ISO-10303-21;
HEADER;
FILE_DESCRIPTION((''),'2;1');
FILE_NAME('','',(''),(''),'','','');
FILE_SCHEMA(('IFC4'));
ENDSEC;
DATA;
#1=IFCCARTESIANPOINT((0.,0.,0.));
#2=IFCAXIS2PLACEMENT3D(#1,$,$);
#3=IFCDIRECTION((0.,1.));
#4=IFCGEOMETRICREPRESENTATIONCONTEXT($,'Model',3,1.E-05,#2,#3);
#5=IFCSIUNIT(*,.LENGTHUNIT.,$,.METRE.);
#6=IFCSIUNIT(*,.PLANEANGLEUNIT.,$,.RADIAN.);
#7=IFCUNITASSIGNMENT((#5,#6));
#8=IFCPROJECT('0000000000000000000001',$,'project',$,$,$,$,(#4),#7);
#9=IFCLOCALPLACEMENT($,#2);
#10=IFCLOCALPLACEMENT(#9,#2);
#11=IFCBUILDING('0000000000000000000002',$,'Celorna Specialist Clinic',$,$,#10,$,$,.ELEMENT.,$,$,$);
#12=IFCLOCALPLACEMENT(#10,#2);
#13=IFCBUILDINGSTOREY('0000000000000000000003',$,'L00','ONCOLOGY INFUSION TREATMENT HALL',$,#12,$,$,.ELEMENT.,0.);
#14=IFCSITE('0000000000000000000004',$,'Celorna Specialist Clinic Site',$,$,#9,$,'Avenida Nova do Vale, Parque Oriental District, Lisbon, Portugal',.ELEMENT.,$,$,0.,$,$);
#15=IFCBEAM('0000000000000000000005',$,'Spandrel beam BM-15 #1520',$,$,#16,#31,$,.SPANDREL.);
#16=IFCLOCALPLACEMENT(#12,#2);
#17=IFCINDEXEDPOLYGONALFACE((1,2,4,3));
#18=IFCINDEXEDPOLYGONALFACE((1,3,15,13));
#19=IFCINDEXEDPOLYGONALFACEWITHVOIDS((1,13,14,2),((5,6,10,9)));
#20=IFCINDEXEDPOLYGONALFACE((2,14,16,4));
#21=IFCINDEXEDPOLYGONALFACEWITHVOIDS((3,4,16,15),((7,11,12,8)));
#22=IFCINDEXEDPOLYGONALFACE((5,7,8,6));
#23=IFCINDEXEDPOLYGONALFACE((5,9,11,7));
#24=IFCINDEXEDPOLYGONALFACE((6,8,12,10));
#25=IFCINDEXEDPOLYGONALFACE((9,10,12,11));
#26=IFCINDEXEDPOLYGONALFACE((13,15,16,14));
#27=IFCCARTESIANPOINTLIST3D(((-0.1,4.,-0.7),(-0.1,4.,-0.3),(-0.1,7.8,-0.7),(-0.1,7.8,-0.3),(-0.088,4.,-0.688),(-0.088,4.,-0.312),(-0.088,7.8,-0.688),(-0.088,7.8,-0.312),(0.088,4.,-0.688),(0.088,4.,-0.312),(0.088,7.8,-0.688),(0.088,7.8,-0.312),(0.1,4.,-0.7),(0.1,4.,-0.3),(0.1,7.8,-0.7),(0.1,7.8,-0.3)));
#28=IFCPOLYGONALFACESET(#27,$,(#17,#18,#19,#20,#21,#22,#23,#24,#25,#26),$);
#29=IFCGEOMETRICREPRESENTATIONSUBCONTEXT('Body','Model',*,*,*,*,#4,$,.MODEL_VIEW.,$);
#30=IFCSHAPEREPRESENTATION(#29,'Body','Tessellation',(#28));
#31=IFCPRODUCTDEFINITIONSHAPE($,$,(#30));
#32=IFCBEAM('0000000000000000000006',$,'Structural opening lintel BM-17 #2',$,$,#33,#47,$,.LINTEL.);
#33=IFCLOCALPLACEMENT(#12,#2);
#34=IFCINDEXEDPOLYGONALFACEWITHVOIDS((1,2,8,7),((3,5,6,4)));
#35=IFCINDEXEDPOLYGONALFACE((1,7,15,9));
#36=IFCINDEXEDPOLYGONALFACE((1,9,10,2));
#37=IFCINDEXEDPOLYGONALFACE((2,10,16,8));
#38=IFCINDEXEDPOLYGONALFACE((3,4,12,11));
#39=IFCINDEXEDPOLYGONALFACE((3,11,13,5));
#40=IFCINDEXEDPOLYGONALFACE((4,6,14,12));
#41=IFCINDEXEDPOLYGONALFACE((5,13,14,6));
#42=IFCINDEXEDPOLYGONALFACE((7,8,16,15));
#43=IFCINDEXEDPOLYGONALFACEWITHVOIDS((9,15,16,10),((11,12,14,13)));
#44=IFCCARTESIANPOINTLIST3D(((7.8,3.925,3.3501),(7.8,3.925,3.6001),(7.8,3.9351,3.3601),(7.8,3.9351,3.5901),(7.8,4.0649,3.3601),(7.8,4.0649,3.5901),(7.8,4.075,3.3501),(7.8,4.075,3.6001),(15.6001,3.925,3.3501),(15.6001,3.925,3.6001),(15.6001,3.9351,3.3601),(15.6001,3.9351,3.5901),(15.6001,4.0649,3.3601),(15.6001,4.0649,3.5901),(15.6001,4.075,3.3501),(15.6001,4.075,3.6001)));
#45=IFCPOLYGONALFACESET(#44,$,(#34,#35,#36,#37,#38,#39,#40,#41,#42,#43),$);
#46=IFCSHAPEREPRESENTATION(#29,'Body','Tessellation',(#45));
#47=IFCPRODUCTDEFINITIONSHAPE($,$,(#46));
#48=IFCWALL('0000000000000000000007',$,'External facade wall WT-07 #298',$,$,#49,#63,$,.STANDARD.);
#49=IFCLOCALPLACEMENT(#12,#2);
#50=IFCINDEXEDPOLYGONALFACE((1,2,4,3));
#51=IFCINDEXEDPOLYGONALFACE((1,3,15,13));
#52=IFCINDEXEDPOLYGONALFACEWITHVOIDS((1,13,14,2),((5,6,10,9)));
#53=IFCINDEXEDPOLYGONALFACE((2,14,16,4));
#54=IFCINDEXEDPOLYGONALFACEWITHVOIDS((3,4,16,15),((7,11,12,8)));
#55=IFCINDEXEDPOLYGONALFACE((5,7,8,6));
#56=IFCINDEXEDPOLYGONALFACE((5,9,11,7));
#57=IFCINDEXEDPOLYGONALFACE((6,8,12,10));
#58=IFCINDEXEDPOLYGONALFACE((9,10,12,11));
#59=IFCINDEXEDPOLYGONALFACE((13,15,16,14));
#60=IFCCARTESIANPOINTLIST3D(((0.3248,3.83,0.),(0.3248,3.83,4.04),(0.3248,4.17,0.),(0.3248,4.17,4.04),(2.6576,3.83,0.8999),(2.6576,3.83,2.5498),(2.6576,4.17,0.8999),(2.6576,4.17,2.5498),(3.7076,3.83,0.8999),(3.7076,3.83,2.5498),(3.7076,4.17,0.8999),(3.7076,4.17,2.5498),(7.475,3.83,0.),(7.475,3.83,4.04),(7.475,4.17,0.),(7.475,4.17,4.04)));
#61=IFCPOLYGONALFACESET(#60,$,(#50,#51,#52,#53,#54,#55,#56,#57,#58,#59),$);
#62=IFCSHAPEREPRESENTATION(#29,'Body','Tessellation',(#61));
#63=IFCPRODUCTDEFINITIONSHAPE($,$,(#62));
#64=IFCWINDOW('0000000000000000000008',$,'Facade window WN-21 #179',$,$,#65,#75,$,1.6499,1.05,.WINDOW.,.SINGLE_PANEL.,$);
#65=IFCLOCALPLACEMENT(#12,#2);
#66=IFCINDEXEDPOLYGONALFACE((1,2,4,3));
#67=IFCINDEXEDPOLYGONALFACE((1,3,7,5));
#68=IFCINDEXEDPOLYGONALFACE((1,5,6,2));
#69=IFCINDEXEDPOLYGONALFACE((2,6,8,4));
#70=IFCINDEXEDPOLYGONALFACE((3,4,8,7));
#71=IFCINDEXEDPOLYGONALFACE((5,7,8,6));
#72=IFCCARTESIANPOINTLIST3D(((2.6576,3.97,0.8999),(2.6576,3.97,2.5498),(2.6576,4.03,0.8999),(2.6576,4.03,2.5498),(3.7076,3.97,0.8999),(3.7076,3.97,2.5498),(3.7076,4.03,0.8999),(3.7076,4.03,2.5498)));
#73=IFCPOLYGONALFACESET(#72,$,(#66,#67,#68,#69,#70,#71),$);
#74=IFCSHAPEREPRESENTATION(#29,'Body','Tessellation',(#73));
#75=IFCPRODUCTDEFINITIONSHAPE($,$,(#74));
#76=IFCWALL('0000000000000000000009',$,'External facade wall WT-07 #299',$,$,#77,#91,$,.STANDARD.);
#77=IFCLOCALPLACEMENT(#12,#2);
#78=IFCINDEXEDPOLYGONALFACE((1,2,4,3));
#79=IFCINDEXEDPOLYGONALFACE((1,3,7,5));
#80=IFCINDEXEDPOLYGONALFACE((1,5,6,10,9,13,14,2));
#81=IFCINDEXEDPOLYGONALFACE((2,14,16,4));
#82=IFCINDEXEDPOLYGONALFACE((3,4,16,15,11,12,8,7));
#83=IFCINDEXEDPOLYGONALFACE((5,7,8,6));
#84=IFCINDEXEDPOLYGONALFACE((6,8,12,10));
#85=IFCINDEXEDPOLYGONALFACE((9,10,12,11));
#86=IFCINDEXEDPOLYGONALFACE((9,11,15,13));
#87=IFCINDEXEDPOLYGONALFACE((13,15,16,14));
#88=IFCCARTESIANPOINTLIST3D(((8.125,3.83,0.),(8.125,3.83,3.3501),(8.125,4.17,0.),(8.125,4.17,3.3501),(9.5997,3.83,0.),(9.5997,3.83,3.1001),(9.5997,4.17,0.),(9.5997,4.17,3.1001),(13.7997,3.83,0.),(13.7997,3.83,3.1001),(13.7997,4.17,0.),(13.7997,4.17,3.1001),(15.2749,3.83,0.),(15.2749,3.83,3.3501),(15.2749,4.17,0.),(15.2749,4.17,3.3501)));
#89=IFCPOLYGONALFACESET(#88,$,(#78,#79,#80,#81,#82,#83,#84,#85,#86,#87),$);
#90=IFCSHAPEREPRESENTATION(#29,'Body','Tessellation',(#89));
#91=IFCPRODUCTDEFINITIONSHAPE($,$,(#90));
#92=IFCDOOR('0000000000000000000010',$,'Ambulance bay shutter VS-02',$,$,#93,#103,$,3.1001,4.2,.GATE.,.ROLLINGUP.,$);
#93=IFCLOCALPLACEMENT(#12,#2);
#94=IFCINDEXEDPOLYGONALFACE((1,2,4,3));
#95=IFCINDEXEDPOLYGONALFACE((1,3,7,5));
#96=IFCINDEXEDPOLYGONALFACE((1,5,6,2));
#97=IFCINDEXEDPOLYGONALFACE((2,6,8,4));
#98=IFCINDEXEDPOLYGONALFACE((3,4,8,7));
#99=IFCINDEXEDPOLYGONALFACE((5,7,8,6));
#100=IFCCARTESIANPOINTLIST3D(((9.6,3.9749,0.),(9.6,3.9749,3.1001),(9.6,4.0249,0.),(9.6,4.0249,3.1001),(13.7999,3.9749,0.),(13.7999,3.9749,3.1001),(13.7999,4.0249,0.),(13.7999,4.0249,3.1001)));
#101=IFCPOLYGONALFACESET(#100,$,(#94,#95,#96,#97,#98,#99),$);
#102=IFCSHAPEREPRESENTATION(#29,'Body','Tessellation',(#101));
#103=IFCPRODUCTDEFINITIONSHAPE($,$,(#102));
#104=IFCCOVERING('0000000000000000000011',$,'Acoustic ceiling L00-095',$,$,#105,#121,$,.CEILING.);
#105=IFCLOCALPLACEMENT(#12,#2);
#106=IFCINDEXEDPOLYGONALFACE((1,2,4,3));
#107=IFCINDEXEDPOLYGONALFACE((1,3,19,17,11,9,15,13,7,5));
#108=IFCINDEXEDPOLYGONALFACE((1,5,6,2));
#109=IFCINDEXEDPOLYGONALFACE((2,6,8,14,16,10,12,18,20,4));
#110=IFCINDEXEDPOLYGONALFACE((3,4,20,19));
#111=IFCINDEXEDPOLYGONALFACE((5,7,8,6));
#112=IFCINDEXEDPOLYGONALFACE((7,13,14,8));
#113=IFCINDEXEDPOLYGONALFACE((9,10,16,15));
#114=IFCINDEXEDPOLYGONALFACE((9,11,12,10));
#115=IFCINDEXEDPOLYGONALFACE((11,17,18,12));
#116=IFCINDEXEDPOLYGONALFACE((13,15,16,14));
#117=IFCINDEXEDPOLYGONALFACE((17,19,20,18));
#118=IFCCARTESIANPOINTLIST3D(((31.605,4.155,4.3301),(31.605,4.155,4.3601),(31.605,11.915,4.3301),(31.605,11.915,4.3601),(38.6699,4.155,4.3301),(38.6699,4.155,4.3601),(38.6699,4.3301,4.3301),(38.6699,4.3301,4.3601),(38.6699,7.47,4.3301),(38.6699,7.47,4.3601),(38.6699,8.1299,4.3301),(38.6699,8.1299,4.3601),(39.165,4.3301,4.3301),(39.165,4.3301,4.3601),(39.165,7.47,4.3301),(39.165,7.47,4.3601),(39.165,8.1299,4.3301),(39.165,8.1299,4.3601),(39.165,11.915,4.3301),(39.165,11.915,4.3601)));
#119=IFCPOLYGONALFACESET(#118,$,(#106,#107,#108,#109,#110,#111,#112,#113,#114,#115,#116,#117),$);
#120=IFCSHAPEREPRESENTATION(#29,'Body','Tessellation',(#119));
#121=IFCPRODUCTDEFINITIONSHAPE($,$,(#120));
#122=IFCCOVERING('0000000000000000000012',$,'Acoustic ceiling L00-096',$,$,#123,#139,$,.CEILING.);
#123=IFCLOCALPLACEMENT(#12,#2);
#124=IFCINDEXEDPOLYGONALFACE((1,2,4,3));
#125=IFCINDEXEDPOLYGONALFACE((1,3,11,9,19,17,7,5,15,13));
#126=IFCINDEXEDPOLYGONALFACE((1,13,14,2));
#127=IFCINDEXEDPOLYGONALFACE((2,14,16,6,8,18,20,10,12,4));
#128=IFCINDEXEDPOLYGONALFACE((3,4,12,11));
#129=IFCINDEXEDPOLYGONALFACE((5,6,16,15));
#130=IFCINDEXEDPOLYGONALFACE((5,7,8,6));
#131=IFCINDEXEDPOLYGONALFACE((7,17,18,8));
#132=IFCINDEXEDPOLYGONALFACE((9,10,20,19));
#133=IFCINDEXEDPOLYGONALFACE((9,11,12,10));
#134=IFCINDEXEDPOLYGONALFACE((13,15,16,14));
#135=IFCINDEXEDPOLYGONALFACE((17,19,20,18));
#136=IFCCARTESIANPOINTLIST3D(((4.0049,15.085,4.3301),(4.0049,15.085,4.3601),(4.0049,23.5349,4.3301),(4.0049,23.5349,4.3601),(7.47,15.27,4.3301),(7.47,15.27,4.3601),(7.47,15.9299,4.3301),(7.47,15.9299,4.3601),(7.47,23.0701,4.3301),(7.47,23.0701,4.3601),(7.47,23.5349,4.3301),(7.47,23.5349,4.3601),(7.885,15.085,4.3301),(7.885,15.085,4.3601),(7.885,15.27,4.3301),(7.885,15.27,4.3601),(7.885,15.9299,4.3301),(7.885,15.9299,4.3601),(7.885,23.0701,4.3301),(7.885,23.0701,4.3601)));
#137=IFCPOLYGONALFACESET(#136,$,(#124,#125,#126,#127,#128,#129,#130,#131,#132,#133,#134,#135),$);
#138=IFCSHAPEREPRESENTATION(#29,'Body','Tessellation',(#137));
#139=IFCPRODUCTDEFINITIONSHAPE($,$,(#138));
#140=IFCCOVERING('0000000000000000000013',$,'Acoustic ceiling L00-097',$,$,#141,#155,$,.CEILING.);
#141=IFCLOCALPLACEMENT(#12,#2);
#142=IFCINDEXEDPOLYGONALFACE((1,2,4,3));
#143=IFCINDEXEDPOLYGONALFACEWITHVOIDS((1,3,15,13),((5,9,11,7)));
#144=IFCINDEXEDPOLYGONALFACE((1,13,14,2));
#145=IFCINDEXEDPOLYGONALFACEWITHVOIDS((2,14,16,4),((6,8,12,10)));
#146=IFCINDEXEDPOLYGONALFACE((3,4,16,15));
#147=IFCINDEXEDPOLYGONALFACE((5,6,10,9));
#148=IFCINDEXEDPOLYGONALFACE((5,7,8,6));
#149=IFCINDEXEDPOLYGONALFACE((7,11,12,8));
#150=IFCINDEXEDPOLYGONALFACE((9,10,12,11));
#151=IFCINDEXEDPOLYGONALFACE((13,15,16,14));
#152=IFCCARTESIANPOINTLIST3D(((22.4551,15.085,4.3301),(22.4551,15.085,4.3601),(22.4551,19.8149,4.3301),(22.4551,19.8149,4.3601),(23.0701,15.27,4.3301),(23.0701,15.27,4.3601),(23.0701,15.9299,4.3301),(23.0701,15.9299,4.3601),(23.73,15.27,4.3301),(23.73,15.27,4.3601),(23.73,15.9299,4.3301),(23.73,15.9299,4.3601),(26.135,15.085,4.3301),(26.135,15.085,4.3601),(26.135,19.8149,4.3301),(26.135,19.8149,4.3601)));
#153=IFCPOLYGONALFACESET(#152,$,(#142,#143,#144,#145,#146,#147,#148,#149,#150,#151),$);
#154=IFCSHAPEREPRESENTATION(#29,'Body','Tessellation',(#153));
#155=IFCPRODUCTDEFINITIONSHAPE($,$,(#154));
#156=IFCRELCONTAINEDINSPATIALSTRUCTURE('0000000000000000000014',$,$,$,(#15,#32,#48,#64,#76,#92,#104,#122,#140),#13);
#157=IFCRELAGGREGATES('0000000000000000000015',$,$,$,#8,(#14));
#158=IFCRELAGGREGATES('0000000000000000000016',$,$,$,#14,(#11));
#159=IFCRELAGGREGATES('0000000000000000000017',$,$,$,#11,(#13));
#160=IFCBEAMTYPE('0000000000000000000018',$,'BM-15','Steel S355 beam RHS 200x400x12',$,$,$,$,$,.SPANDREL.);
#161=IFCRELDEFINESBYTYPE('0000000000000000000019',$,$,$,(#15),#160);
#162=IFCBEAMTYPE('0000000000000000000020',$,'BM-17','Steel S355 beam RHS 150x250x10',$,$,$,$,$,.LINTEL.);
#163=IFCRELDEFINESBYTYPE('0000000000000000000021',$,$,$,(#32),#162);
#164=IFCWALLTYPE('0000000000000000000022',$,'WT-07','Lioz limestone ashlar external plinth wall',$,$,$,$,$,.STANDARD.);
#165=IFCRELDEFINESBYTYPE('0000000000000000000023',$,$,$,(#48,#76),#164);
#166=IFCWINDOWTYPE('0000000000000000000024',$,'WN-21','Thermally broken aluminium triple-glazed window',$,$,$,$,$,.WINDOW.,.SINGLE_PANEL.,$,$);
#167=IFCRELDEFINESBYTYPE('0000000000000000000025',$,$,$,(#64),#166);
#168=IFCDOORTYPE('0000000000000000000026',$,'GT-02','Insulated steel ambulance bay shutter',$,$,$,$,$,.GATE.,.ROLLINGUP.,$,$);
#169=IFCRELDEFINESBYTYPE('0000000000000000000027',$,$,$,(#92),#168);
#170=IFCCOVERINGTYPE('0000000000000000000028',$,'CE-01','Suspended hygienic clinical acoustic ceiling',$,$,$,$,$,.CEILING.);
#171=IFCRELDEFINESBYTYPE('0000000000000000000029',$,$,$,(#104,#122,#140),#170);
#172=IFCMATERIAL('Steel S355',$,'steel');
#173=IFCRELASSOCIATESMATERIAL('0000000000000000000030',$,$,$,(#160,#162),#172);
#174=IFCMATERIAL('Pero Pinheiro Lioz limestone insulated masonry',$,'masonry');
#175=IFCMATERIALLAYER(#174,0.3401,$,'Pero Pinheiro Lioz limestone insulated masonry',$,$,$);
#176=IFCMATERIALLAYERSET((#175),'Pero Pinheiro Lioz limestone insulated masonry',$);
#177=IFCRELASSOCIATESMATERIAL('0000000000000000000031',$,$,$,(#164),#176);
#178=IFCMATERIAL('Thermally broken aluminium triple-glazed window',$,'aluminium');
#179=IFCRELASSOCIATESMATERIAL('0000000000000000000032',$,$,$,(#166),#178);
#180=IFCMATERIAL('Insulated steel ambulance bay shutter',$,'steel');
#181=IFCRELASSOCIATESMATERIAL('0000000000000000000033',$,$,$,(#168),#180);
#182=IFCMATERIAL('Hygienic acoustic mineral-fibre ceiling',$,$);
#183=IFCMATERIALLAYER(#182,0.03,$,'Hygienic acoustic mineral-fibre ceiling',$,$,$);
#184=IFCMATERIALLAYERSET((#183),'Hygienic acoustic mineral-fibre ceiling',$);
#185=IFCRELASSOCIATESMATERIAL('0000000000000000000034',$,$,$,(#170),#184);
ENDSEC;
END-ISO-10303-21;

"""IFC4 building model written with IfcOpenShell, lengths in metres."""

from ifc_helpers import new_model, si_unit, direction, frame, frame_2d, origin, origin_2d, place, context, subcontext, project, spatial, polyline, rectangle, hollow_rectangle, outline, extrude, material, layer, layer_set, material_profile, profile_set, type_object, element, fill, save


model = new_model("IFC4")

# Units and contexts
model_context = context("Model", 3, precision=1e-05, world=origin(), true_north=direction((0.0, 1.0)))
body_context = subcontext(model_context, "Body", "Model", "MODEL_VIEW")
ifc_project = project(units=[si_unit("LENGTHUNIT", "METRE"), si_unit("PLANEANGLEUNIT", "RADIAN")], contexts=[model_context])

# Site, building, storey
site_placement = place(None, origin())
site = spatial("IfcSite", under=ifc_project, at=site_placement, Name="Celorna Specialist Clinic Site", LongName="Avenida Nova do Vale, Parque Oriental District, Lisbon, Portugal", CompositionType="ELEMENT", RefElevation=0.0)
building_placement = place(site_placement, origin())
building = spatial("IfcBuilding", under=site, at=building_placement, Name="Celorna Specialist Clinic", CompositionType="ELEMENT")
storey_placement = place(building_placement, origin())
storey = spatial("IfcBuildingStorey", under=building, at=storey_placement, Name="L00", Description="ONCOLOGY INFUSION TREATMENT HALL", CompositionType="ELEMENT", Elevation=0.0)

# Beams
ifc_material_1 = material(Name="Steel S355", Category="steel")
ifc_material_profile_1 = material_profile(ifc_material_1, hollow_rectangle(XDim=0.2, YDim=0.3999, WallThickness=0.012, at=origin_2d()), Name="RHS 200x400x12")
ifc_profile_set_1 = profile_set([ifc_material_profile_1], Name="Steel S355")
beam_type_1 = type_object("IfcBeamType", Name="BM-15", Description="Steel S355 beam RHS 200x400x12", PredefinedType="SPANDREL", material=ifc_profile_set_1)
beam_1_placement = place(storey_placement, frame((0.0, 4.0, -0.5), z_axis=(0.0, 1.0, 0.0), x_axis=(-1.0, 0.0, 0.0)))
element("IfcBeam", 1, at=beam_1_placement, inside=storey, type_object=beam_type_1, Name="Spandrel beam BM-15 #1520", PredefinedType="SPANDREL", context=body_context, shape_type="SweptSolid", body=[
    extrude(hollow_rectangle(XDim=0.2, YDim=0.3999, WallThickness=0.012, at=origin_2d()), origin(), (0.0, 0.0, 1.0), 3.8),
])
ifc_material_profile_2 = material_profile(ifc_material_1, hollow_rectangle(XDim=0.1499, YDim=0.25, WallThickness=0.01, at=origin_2d()), Name="RHS 150x250x10")
ifc_profile_set_2 = profile_set([ifc_material_profile_2], Name="Steel S355")
beam_type_2 = type_object("IfcBeamType", Name="BM-17", Description="Steel S355 beam RHS 150x250x10", PredefinedType="LINTEL", material=ifc_profile_set_2)
beam_2_placement = place(storey_placement, frame((7.8, 4.0, 3.4751), z_axis=(1.0, 0.0, 0.0), x_axis=(0.0, 1.0, 0.0)))
element("IfcBeam", 2, at=beam_2_placement, inside=storey, type_object=beam_type_2, Name="Structural opening lintel BM-17 #2", PredefinedType="LINTEL", context=body_context, shape_type="SweptSolid", body=[
    extrude(hollow_rectangle(XDim=0.1499, YDim=0.25, WallThickness=0.01, at=origin_2d()), origin(), (0.0, 0.0, 1.0), 7.8),
])

# Wall, opening, window
ifc_material_2 = material(Name="Pero Pinheiro Lioz limestone insulated masonry", Category="masonry")
ifc_layer_1 = layer(ifc_material_2, 0.3401, Name="Pero Pinheiro Lioz limestone insulated masonry")
ifc_layer_set_1 = layer_set([ifc_layer_1], Name="Pero Pinheiro Lioz limestone insulated masonry")
wall_type = type_object("IfcWallType", Name="WT-07", Description="Lioz limestone ashlar external plinth wall", PredefinedType="STANDARD", material=ifc_layer_set_1)
wall_1_placement = place(storey_placement, frame((7.4751, 4.0, 0.0), z_axis=(0.0, 0.0, 1.0), x_axis=(-1.0, 0.0, 0.0)))
wall_1 = element("IfcWall", 3, at=wall_1_placement, inside=storey, type_object=wall_type, Name="External facade wall WT-07 #298", PredefinedType="STANDARD", context=body_context, shape_type="SweptSolid", body=[
    extrude(rectangle(XDim=7.1501, YDim=0.3401, at=frame_2d((3.5752, 0.0))), origin(), (0.0, 0.0, 1.0), 4.04),
])
opening_1_placement = place(wall_1_placement, frame((3.7676, 0.0, 0.8999)))
opening_1 = element("IfcOpeningElement", 4, at=opening_1_placement, cuts=wall_1, PredefinedType="OPENING", context=body_context, shape_type="SweptSolid", body=[
    extrude(rectangle(XDim=1.05, YDim=1.6499, at=frame_2d((0.5249, 0.825))), frame((0.0, 0.1799, 0.0), z_axis=(0.0, -1.0, 0.0), x_axis=(1.0, 0.0, 0.0)), (0.0, 0.0, 1.0), 0.3601),
])
ifc_material_3 = material(Name="Thermally broken aluminium triple-glazed window", Category="aluminium")
window_type = type_object("IfcWindowType", Name="WN-21", Description="Thermally broken aluminium triple-glazed window", PartitioningType="SINGLE_PANEL", PredefinedType="WINDOW", material=ifc_material_3)
window_placement = place(opening_1_placement, origin())
window = element("IfcWindow", 5, at=window_placement, inside=storey, type_object=window_type, Name="Facade window WN-21 #179", OverallHeight=1.6499, OverallWidth=1.05, PartitioningType="SINGLE_PANEL", PredefinedType="WINDOW", context=body_context, shape_type="SweptSolid", body=[
    extrude(rectangle(XDim=1.05, YDim=1.6499, at=frame_2d((0.5249, 0.825))), frame((0.0, 0.03, 0.0), z_axis=(0.0, -1.0, 0.0), x_axis=(1.0, 0.0, 0.0)), (0.0, 0.0, 1.0), 0.0601),
])
fill(opening_1, window)

# Wall, opening, door
wall_2_placement = place(storey_placement, frame((15.2749, 4.0, 0.0), z_axis=(0.0, 0.0, 1.0), x_axis=(-1.0, 0.0, 0.0)))
wall_2 = element("IfcWall", 6, at=wall_2_placement, inside=storey, type_object=wall_type, Name="External facade wall WT-07 #299", PredefinedType="STANDARD", context=body_context, shape_type="SweptSolid", body=[
    extrude(rectangle(XDim=7.1499, YDim=0.3401, at=frame_2d((3.575, 0.0))), origin(), (0.0, 0.0, 1.0), 3.3501),
])
opening_2_placement = place(wall_2_placement, frame((1.4751, 0.0, 0.0)))
opening_2 = element("IfcOpeningElement", 7, at=opening_2_placement, cuts=wall_2, PredefinedType="OPENING", context=body_context, shape_type="SweptSolid", body=[
    extrude(rectangle(XDim=4.2, YDim=3.1001, at=frame_2d((2.1001, 1.55))), frame((0.0, 0.1799, 0.0), z_axis=(0.0, -1.0, 0.0), x_axis=(1.0, 0.0, 0.0)), (0.0, 0.0, 1.0), 0.3601),
])
ifc_material_4 = material(Name="Insulated steel ambulance bay shutter", Category="steel")
door_type = type_object("IfcDoorType", Name="GT-02", Description="Insulated steel ambulance bay shutter", OperationType="ROLLINGUP", PredefinedType="GATE", material=ifc_material_4)
door_placement = place(opening_2_placement, frame((4.2, 0.0, 0.0), z_axis=(0.0, 0.0, 1.0), x_axis=(-1.0, 0.0, 0.0)))
door = element("IfcDoor", 8, at=door_placement, inside=storey, type_object=door_type, Name="Ambulance bay shutter VS-02", OperationType="ROLLINGUP", OverallHeight=3.1001, OverallWidth=4.2, PredefinedType="GATE", context=body_context, shape_type="SweptSolid", body=[
    extrude(rectangle(XDim=4.2, YDim=3.1001, at=frame_2d((2.1001, 1.55))), frame((0.0, 0.0249, 0.0), z_axis=(0.0, -1.0, 0.0), x_axis=(1.0, 0.0, 0.0)), (0.0, 0.0, 1.0), 0.05),
])
fill(opening_2, door)

# Coverings
ifc_material_5 = material(Name="Hygienic acoustic mineral-fibre ceiling")
ifc_layer_2 = layer(ifc_material_5, 0.03, Name="Hygienic acoustic mineral-fibre ceiling")
ifc_layer_set_2 = layer_set([ifc_layer_2], Name="Hygienic acoustic mineral-fibre ceiling")
covering_type_1 = type_object("IfcCoveringType", Name="CE-01", Description="Suspended hygienic clinical acoustic ceiling", PredefinedType="CEILING", material=ifc_layer_set_2)
covering_1_placement = place(storey_placement, frame((0.0, 0.0, 4.3301)))
element("IfcCovering", 9, at=covering_1_placement, inside=storey, type_object=covering_type_1, Name="Acoustic ceiling L00-095", PredefinedType="CEILING", context=body_context, shape_type="SweptSolid", body=[
    extrude(outline(polyline([(39.165, 11.915), (39.165, 8.1299), (38.6699, 8.1299), (38.6699, 7.47), (39.165, 7.47), (39.165, 4.3301), (38.6699, 4.3301), (38.6699, 4.155), (31.605, 4.155), (31.605, 11.915), (39.165, 11.915)])), origin(), (0.0, 0.0, 1.0), 0.03),
])
covering_2_placement = place(storey_placement, frame((0.0, 0.0, 4.3301)))
element("IfcCovering", 10, at=covering_2_placement, inside=storey, type_object=covering_type_1, Name="Acoustic ceiling L00-096", PredefinedType="CEILING", context=body_context, shape_type="SweptSolid", body=[
    extrude(outline(polyline([(7.885, 15.085), (4.0049, 15.085), (4.0049, 23.5349), (7.47, 23.5349), (7.47, 23.0701), (7.885, 23.0701), (7.885, 15.9299), (7.47, 15.9299), (7.47, 15.27), (7.885, 15.27), (7.885, 15.085)])), origin(), (0.0, 0.0, 1.0), 0.03),
])
covering_3_placement = place(storey_placement, frame((0.0, 0.0, 4.3301)))
element("IfcCovering", 11, at=covering_3_placement, inside=storey, type_object=covering_type_1, Name="Acoustic ceiling L00-097", PredefinedType="CEILING", context=body_context, shape_type="SweptSolid", body=[
    extrude(outline(polyline([(26.135, 19.8149), (26.135, 15.085), (22.4551, 15.085), (22.4551, 19.8149), (26.135, 19.8149)]), holes=[polyline([(23.73, 15.27), (23.73, 15.9299), (23.0701, 15.9299), (23.0701, 15.27), (23.73, 15.27)])]), origin(), (0.0, 0.0, 1.0), 0.03),
])

save(model, "model.ifc")
